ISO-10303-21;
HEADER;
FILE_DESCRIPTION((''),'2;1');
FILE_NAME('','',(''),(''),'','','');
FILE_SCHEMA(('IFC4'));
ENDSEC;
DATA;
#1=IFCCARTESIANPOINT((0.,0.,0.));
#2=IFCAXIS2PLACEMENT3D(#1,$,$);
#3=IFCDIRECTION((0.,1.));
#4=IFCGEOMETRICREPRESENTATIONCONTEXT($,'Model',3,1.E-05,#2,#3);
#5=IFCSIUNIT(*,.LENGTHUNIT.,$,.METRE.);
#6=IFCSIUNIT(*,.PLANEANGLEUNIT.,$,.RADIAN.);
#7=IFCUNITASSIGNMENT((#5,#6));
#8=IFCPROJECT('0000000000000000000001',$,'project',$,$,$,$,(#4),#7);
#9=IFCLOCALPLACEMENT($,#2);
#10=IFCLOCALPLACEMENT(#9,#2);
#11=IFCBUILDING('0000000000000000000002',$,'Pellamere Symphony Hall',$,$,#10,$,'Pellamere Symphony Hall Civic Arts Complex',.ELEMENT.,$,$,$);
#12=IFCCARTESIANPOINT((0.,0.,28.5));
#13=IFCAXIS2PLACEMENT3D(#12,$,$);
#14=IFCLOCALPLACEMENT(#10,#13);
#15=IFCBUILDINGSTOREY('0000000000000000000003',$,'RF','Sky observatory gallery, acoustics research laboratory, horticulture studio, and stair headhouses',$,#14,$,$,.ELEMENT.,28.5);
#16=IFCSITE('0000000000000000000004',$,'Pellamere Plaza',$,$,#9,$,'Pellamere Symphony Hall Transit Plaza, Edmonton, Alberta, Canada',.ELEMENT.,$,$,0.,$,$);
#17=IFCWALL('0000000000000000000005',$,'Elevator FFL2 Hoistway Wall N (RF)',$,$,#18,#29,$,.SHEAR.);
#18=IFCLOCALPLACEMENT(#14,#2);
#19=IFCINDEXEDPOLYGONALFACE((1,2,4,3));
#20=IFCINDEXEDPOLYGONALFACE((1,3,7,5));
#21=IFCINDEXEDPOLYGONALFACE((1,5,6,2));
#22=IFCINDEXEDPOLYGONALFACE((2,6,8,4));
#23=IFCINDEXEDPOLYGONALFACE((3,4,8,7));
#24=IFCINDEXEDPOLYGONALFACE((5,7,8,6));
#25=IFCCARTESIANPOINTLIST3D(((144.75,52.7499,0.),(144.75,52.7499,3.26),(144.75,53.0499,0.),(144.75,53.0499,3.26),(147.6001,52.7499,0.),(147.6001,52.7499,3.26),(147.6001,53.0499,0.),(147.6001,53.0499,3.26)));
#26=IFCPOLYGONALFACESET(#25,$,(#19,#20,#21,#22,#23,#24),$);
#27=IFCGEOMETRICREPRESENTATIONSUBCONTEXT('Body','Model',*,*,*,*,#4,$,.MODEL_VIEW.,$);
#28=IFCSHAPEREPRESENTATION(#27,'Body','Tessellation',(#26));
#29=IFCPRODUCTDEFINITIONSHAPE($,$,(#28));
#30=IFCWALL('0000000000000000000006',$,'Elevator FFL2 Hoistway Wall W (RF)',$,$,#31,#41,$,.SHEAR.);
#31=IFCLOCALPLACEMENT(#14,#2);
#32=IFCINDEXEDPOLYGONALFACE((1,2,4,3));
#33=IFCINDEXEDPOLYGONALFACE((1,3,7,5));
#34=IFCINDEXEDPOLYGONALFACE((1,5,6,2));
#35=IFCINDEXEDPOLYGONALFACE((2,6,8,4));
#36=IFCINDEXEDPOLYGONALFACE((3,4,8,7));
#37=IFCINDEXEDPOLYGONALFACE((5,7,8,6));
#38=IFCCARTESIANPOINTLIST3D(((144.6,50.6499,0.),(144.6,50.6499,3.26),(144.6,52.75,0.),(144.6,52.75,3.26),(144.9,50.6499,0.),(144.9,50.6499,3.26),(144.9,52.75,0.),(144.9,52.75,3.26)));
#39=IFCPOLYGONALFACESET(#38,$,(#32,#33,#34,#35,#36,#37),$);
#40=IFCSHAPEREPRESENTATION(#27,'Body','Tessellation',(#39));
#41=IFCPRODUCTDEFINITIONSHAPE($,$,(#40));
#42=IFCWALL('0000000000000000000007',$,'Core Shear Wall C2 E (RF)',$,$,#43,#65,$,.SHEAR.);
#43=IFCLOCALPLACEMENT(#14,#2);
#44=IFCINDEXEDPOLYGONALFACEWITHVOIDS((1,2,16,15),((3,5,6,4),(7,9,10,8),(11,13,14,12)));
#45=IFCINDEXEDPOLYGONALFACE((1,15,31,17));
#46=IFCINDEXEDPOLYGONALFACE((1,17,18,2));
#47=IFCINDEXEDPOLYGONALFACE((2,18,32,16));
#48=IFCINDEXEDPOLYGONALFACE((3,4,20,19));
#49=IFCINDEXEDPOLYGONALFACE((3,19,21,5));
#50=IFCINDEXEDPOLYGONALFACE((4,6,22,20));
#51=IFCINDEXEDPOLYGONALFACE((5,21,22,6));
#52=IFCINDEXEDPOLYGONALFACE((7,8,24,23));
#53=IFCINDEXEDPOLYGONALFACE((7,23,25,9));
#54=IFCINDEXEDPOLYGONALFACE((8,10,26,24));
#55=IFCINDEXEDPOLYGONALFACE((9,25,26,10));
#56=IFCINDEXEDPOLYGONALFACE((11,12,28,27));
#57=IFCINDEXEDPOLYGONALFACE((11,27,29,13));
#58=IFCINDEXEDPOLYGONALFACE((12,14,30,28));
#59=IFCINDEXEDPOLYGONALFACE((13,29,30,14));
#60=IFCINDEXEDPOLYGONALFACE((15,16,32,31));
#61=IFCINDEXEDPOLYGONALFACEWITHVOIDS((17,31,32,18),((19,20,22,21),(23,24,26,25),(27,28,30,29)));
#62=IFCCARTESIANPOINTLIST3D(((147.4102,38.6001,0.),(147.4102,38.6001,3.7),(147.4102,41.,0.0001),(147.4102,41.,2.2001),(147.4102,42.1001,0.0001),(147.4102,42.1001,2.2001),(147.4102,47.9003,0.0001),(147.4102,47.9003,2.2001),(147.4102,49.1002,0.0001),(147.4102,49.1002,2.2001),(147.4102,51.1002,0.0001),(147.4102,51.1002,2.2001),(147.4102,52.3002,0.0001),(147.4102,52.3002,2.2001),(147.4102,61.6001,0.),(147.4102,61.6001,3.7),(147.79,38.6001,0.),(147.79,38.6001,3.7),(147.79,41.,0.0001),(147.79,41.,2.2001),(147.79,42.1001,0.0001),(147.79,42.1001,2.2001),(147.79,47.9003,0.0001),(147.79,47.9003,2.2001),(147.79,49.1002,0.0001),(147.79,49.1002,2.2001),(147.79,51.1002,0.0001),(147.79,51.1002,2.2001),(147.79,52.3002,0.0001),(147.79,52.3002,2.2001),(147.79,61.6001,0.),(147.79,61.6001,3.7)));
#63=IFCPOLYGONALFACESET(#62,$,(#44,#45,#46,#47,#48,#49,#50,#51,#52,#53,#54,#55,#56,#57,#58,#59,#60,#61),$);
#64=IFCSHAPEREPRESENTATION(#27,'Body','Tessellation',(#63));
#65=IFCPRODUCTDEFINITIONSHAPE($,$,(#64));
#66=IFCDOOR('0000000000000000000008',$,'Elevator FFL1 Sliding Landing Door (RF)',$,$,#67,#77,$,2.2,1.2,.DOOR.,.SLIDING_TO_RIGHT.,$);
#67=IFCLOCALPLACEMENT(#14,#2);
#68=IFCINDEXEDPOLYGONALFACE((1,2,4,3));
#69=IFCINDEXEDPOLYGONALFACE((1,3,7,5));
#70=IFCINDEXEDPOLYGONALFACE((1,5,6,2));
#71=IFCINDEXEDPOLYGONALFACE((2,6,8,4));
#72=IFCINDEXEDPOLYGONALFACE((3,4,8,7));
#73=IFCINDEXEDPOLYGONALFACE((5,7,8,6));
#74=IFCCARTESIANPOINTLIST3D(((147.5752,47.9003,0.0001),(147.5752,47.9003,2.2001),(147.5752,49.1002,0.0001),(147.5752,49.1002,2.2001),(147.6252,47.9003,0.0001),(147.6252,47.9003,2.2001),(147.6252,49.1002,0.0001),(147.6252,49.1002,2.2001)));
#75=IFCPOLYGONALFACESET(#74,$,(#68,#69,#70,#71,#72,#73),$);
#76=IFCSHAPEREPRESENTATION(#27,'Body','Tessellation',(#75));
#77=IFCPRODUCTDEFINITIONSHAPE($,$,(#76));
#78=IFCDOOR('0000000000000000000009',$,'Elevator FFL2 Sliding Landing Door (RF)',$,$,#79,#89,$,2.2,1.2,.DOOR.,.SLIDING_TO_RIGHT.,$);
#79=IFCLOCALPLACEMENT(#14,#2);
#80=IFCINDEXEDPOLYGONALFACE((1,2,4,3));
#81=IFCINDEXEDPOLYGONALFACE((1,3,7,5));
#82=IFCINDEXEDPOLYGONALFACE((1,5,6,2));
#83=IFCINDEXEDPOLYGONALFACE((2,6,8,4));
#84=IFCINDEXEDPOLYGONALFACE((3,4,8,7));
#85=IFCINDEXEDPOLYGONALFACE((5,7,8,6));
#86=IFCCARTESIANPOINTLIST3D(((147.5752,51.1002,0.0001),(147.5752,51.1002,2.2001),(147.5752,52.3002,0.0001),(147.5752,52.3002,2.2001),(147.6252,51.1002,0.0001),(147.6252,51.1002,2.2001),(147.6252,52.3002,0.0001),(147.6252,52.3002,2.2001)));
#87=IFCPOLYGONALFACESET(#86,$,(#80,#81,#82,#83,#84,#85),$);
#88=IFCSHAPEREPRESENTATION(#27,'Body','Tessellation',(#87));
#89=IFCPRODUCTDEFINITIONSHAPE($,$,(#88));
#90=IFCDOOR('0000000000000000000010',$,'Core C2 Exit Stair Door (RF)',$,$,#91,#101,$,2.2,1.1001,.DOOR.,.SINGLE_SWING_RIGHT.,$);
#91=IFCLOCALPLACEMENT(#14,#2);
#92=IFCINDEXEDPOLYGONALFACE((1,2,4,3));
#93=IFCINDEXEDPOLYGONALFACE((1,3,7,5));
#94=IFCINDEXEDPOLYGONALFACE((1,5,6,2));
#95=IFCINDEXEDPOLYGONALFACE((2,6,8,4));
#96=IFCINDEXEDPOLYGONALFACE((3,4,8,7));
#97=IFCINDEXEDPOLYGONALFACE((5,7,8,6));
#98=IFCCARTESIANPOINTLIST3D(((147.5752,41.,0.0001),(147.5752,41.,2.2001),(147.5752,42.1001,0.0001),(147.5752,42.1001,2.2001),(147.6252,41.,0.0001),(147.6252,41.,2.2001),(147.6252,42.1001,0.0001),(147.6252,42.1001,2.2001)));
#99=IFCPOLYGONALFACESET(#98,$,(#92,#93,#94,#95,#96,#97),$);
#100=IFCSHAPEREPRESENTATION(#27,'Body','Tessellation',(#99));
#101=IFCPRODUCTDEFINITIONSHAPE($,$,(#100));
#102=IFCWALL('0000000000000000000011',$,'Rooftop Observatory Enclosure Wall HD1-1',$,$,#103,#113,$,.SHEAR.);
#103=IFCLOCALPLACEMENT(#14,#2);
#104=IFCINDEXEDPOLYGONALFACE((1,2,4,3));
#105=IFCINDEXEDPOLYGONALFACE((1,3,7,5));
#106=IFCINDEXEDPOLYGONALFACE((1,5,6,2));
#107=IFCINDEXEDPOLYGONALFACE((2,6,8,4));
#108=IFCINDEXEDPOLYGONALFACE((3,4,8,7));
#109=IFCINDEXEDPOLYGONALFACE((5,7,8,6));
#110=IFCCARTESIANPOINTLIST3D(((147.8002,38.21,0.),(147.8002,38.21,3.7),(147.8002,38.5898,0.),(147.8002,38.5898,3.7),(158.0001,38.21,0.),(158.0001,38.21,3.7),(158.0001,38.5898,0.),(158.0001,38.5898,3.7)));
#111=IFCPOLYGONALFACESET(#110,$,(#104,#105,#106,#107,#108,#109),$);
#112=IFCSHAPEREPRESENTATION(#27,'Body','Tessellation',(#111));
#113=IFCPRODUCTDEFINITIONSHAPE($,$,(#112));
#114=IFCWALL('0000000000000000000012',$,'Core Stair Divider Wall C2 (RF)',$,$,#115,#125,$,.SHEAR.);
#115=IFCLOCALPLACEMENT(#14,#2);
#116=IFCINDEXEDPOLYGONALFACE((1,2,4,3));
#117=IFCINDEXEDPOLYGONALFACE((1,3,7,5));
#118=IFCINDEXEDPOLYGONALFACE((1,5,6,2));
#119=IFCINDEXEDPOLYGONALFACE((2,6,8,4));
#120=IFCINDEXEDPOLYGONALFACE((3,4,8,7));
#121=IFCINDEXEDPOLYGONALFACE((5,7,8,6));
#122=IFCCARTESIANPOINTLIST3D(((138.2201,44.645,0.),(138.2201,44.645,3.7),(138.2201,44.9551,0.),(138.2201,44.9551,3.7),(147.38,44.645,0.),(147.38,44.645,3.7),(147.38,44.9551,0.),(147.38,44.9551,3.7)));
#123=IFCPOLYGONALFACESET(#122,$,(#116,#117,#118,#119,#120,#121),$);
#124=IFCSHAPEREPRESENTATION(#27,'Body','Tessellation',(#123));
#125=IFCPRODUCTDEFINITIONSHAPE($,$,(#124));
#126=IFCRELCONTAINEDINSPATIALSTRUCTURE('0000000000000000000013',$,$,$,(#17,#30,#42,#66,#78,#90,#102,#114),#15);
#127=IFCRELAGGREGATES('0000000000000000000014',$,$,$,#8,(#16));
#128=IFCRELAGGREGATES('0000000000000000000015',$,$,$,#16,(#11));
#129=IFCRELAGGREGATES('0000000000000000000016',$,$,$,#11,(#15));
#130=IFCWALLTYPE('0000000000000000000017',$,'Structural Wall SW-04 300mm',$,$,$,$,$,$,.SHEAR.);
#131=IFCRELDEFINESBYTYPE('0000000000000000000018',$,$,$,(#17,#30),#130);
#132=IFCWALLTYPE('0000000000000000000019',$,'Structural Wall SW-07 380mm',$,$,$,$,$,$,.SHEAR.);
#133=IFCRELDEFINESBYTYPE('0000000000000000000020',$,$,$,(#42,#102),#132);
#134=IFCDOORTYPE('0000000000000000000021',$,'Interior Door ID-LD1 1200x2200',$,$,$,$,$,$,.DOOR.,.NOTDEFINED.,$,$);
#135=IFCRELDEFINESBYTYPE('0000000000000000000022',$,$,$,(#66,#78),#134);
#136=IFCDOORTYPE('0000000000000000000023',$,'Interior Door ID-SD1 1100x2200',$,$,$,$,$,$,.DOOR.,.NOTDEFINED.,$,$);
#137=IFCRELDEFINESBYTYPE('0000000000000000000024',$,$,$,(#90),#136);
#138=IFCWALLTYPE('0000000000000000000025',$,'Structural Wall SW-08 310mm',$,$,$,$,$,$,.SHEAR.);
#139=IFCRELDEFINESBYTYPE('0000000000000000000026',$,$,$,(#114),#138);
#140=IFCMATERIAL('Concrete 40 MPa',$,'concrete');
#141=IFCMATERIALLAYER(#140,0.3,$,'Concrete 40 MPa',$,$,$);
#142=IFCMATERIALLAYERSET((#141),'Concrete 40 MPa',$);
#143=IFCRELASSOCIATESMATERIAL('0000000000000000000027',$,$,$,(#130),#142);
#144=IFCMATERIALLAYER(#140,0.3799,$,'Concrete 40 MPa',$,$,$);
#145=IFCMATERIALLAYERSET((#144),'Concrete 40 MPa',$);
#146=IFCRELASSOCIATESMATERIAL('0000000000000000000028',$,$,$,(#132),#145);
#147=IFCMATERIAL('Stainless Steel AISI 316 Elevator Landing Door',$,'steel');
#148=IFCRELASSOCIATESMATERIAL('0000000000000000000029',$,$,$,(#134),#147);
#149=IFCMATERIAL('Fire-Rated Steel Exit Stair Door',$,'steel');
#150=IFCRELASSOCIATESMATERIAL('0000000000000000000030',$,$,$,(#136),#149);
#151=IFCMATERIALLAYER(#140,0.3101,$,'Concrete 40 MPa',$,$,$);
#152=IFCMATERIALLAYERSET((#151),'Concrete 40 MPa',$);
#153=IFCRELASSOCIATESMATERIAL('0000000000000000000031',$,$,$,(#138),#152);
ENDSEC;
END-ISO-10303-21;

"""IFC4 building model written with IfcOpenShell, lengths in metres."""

from ifc_helpers import new_model, si_unit, direction, frame, frame_2d, origin, place, context, subcontext, project, spatial, rectangle, extrude, material, layer, layer_set, type_object, element, fill, save


model = new_model("IFC4")

# Units and contexts
model_context = context("Model", 3, precision=1e-05, world=origin(), true_north=direction((0.0, 1.0)))
body_context = subcontext(model_context, "Body", "Model", "MODEL_VIEW")
ifc_project = project(units=[si_unit("LENGTHUNIT", "METRE"), si_unit("PLANEANGLEUNIT", "RADIAN")], contexts=[model_context])

# Site, building, storey
site_placement = place(None, origin())
site = spatial("IfcSite", under=ifc_project, at=site_placement, Name="Pellamere Plaza", LongName="Pellamere Symphony Hall Transit Plaza, Edmonton, Alberta, Canada", CompositionType="ELEMENT", RefElevation=0.0)
building_placement = place(site_placement, origin())
building = spatial("IfcBuilding", under=site, at=building_placement, Name="Pellamere Symphony Hall", LongName="Pellamere Symphony Hall Civic Arts Complex", CompositionType="ELEMENT")
storey_placement = place(building_placement, frame((0.0, 0.0, 28.5)))
storey = spatial("IfcBuildingStorey", under=building, at=storey_placement, Name="RF", Description="Sky observatory gallery, acoustics research laboratory, horticulture studio, and stair headhouses", CompositionType="ELEMENT", Elevation=28.5)

# Shared definitions
ifc_material_1 = material(Name="Concrete 40 MPa", Category="concrete")

# Walls
ifc_layer_1 = layer(ifc_material_1, 0.3, Name="Concrete 40 MPa")
ifc_layer_set_1 = layer_set([ifc_layer_1], Name="Concrete 40 MPa")
wall_type_1 = type_object("IfcWallType", Name="Structural Wall SW-04 300mm", PredefinedType="SHEAR", material=ifc_layer_set_1)
for number, where, z_axis, x_axis, name in (
    (1, (144.75, 52.8999, 0.0), (0.0, 0.0, 1.0), (1.0, 0.0, 0.0), "Elevator FFL2 Hoistway Wall N (RF)"),
):
    element("IfcWall", number, at=place(storey_placement, frame(where, z_axis=z_axis, x_axis=x_axis)), inside=storey, type_object=wall_type_1, Name=name, PredefinedType="SHEAR", context=body_context, shape_type="SweptSolid", body=[
        extrude(rectangle(XDim=2.8501, YDim=0.3, at=frame_2d((1.425, 0.0))), origin(), (0.0, 0.0, 1.0), 3.26),
    ])
wall_1_placement = place(storey_placement, frame((144.75, 50.6499, 0.0), z_axis=(0.0, 0.0, 1.0), x_axis=(0.0, 1.0, 0.0)))
element("IfcWall", 2, at=wall_1_placement, inside=storey, type_object=wall_type_1, Name="Elevator FFL2 Hoistway Wall W (RF)", PredefinedType="SHEAR", context=body_context, shape_type="SweptSolid", body=[
    extrude(rectangle(XDim=2.1001, YDim=0.3, at=frame_2d((1.05, 0.0))), origin(), (0.0, 0.0, 1.0), 3.26),
])

# Wall, openings, doors
ifc_layer_2 = layer(ifc_material_1, 0.3799, Name="Concrete 40 MPa")
ifc_layer_set_2 = layer_set([ifc_layer_2], Name="Concrete 40 MPa")
wall_type_2 = type_object("IfcWallType", Name="Structural Wall SW-07 380mm", PredefinedType="SHEAR", material=ifc_layer_set_2)
wall_2_placement = place(storey_placement, frame((147.6001, 38.6001, 0.0), z_axis=(0.0, 0.0, 1.0), x_axis=(0.0, 1.0, 0.0)))
wall_2 = element("IfcWall", 3, at=wall_2_placement, inside=storey, type_object=wall_type_2, Name="Core Shear Wall C2 E (RF)", PredefinedType="SHEAR", context=body_context, shape_type="SweptSolid", body=[
    extrude(rectangle(XDim=23.0, YDim=0.3799, at=frame_2d((11.5, 0.0))), origin(), (0.0, 0.0, 1.0), 3.7),
])
opening_1_placement = place(wall_2_placement, frame((9.3, 0.0, 0.0)))
opening_1 = element("IfcOpeningElement", 4, at=opening_1_placement, cuts=wall_2, PredefinedType="OPENING", context=body_context, shape_type="SweptSolid", body=[
    extrude(rectangle(XDim=1.2, YDim=2.2, at=frame_2d((0.6001, 1.1001))), frame((0.0, 0.2, 0.0), z_axis=(0.0, -1.0, 0.0), x_axis=(1.0, 0.0, 0.0)), (0.0, 0.0, 1.0), 0.3999),
])
opening_2_placement = place(wall_2_placement, frame((12.5, 0.0, 0.0)))
opening_2 = element("IfcOpeningElement", 5, at=opening_2_placement, cuts=wall_2, PredefinedType="OPENING", context=body_context, shape_type="SweptSolid", body=[
    extrude(rectangle(XDim=1.2, YDim=2.2, at=frame_2d((0.6001, 1.1001))), frame((0.0, 0.2, 0.0), z_axis=(0.0, -1.0, 0.0), x_axis=(1.0, 0.0, 0.0)), (0.0, 0.0, 1.0), 0.3999),
])
opening_3_placement = place(wall_2_placement, frame((2.3999, 0.0, 0.0)))
opening_3 = element("IfcOpeningElement", 6, at=opening_3_placement, cuts=wall_2, PredefinedType="OPENING", context=body_context, shape_type="SweptSolid", body=[
    extrude(rectangle(XDim=1.1001, YDim=2.2, at=frame_2d((0.55, 1.1001))), frame((0.0, 0.2, 0.0), z_axis=(0.0, -1.0, 0.0), x_axis=(1.0, 0.0, 0.0)), (0.0, 0.0, 1.0), 0.3999),
])
ifc_material_2 = material(Name="Stainless Steel AISI 316 Elevator Landing Door", Category="steel")
door_type_1 = type_object("IfcDoorType", Name="Interior Door ID-LD1 1200x2200", OperationType="NOTDEFINED", PredefinedType="DOOR", material=ifc_material_2)
door_1_placement = place(opening_1_placement, origin())
door_1 = element("IfcDoor", 7, at=door_1_placement, inside=storey, type_object=door_type_1, Name="Elevator FFL1 Sliding Landing Door (RF)", OperationType="SLIDING_TO_RIGHT", OverallHeight=2.2, OverallWidth=1.2, PredefinedType="DOOR", context=body_context, shape_type="SweptSolid", body=[
    extrude(rectangle(XDim=1.2, YDim=2.2, at=frame_2d((0.6001, 1.1001))), frame((0.0, 0.0249, 0.0), z_axis=(0.0, -1.0, 0.0), x_axis=(1.0, 0.0, 0.0)), (0.0, 0.0, 1.0), 0.05),
])
fill(opening_1, door_1)
door_2_placement = place(opening_2_placement, origin())
door_2 = element("IfcDoor", 8, at=door_2_placement, inside=storey, type_object=door_type_1, Name="Elevator FFL2 Sliding Landing Door (RF)", OperationType="SLIDING_TO_RIGHT", OverallHeight=2.2, OverallWidth=1.2, PredefinedType="DOOR", context=body_context, shape_type="SweptSolid", body=[
    extrude(rectangle(XDim=1.2, YDim=2.2, at=frame_2d((0.6001, 1.1001))), frame((0.0, 0.0249, 0.0), z_axis=(0.0, -1.0, 0.0), x_axis=(1.0, 0.0, 0.0)), (0.0, 0.0, 1.0), 0.05),
])
fill(opening_2, door_2)
ifc_material_3 = material(Name="Fire-Rated Steel Exit Stair Door", Category="steel")
door_type_2 = type_object("IfcDoorType", Name="Interior Door ID-SD1 1100x2200", OperationType="NOTDEFINED", PredefinedType="DOOR", material=ifc_material_3)
door_3_placement = place(opening_3_placement, origin())
door_3 = element("IfcDoor", 9, at=door_3_placement, inside=storey, type_object=door_type_2, Name="Core C2 Exit Stair Door (RF)", OperationType="SINGLE_SWING_RIGHT", OverallHeight=2.2, OverallWidth=1.1001, PredefinedType="DOOR", context=body_context, shape_type="SweptSolid", body=[
    extrude(rectangle(XDim=1.1001, YDim=2.2, at=frame_2d((0.55, 1.1001))), frame((0.0, 0.0249, 0.0), z_axis=(0.0, -1.0, 0.0), x_axis=(1.0, 0.0, 0.0)), (0.0, 0.0, 1.0), 0.05),
])
fill(opening_3, door_3)

# Walls
wall_3_placement = place(storey_placement, frame((147.8, 38.3999, 0.0), z_axis=(0.0, 0.0, 1.0), x_axis=(1.0, 0.0, 0.0)))
element("IfcWall", 10, at=wall_3_placement, inside=storey, type_object=wall_type_2, Name="Rooftop Observatory Enclosure Wall HD1-1", PredefinedType="SHEAR", context=body_context, shape_type="SweptSolid", body=[
    extrude(rectangle(XDim=10.2, YDim=0.3799, at=frame_2d((5.1001, 0.0))), origin(), (0.0, 0.0, 1.0), 3.7),
])
ifc_layer_3 = layer(ifc_material_1, 0.3101, Name="Concrete 40 MPa")
ifc_layer_set_3 = layer_set([ifc_layer_3], Name="Concrete 40 MPa")
wall_type_3 = type_object("IfcWallType", Name="Structural Wall SW-08 310mm", PredefinedType="SHEAR", material=ifc_layer_set_3)
wall_4_placement = place(storey_placement, frame((138.22, 44.8, 0.0), z_axis=(0.0, 0.0, 1.0), x_axis=(1.0, 0.0, 0.0)))
element("IfcWall", 11, at=wall_4_placement, inside=storey, type_object=wall_type_3, Name="Core Stair Divider Wall C2 (RF)", PredefinedType="SHEAR", context=body_context, shape_type="SweptSolid", body=[
    extrude(rectangle(XDim=9.1599, YDim=0.3101, at=frame_2d((4.5801, 0.0))), origin(), (0.0, 0.0, 1.0), 3.7),
])

save(model, "model.ifc")
